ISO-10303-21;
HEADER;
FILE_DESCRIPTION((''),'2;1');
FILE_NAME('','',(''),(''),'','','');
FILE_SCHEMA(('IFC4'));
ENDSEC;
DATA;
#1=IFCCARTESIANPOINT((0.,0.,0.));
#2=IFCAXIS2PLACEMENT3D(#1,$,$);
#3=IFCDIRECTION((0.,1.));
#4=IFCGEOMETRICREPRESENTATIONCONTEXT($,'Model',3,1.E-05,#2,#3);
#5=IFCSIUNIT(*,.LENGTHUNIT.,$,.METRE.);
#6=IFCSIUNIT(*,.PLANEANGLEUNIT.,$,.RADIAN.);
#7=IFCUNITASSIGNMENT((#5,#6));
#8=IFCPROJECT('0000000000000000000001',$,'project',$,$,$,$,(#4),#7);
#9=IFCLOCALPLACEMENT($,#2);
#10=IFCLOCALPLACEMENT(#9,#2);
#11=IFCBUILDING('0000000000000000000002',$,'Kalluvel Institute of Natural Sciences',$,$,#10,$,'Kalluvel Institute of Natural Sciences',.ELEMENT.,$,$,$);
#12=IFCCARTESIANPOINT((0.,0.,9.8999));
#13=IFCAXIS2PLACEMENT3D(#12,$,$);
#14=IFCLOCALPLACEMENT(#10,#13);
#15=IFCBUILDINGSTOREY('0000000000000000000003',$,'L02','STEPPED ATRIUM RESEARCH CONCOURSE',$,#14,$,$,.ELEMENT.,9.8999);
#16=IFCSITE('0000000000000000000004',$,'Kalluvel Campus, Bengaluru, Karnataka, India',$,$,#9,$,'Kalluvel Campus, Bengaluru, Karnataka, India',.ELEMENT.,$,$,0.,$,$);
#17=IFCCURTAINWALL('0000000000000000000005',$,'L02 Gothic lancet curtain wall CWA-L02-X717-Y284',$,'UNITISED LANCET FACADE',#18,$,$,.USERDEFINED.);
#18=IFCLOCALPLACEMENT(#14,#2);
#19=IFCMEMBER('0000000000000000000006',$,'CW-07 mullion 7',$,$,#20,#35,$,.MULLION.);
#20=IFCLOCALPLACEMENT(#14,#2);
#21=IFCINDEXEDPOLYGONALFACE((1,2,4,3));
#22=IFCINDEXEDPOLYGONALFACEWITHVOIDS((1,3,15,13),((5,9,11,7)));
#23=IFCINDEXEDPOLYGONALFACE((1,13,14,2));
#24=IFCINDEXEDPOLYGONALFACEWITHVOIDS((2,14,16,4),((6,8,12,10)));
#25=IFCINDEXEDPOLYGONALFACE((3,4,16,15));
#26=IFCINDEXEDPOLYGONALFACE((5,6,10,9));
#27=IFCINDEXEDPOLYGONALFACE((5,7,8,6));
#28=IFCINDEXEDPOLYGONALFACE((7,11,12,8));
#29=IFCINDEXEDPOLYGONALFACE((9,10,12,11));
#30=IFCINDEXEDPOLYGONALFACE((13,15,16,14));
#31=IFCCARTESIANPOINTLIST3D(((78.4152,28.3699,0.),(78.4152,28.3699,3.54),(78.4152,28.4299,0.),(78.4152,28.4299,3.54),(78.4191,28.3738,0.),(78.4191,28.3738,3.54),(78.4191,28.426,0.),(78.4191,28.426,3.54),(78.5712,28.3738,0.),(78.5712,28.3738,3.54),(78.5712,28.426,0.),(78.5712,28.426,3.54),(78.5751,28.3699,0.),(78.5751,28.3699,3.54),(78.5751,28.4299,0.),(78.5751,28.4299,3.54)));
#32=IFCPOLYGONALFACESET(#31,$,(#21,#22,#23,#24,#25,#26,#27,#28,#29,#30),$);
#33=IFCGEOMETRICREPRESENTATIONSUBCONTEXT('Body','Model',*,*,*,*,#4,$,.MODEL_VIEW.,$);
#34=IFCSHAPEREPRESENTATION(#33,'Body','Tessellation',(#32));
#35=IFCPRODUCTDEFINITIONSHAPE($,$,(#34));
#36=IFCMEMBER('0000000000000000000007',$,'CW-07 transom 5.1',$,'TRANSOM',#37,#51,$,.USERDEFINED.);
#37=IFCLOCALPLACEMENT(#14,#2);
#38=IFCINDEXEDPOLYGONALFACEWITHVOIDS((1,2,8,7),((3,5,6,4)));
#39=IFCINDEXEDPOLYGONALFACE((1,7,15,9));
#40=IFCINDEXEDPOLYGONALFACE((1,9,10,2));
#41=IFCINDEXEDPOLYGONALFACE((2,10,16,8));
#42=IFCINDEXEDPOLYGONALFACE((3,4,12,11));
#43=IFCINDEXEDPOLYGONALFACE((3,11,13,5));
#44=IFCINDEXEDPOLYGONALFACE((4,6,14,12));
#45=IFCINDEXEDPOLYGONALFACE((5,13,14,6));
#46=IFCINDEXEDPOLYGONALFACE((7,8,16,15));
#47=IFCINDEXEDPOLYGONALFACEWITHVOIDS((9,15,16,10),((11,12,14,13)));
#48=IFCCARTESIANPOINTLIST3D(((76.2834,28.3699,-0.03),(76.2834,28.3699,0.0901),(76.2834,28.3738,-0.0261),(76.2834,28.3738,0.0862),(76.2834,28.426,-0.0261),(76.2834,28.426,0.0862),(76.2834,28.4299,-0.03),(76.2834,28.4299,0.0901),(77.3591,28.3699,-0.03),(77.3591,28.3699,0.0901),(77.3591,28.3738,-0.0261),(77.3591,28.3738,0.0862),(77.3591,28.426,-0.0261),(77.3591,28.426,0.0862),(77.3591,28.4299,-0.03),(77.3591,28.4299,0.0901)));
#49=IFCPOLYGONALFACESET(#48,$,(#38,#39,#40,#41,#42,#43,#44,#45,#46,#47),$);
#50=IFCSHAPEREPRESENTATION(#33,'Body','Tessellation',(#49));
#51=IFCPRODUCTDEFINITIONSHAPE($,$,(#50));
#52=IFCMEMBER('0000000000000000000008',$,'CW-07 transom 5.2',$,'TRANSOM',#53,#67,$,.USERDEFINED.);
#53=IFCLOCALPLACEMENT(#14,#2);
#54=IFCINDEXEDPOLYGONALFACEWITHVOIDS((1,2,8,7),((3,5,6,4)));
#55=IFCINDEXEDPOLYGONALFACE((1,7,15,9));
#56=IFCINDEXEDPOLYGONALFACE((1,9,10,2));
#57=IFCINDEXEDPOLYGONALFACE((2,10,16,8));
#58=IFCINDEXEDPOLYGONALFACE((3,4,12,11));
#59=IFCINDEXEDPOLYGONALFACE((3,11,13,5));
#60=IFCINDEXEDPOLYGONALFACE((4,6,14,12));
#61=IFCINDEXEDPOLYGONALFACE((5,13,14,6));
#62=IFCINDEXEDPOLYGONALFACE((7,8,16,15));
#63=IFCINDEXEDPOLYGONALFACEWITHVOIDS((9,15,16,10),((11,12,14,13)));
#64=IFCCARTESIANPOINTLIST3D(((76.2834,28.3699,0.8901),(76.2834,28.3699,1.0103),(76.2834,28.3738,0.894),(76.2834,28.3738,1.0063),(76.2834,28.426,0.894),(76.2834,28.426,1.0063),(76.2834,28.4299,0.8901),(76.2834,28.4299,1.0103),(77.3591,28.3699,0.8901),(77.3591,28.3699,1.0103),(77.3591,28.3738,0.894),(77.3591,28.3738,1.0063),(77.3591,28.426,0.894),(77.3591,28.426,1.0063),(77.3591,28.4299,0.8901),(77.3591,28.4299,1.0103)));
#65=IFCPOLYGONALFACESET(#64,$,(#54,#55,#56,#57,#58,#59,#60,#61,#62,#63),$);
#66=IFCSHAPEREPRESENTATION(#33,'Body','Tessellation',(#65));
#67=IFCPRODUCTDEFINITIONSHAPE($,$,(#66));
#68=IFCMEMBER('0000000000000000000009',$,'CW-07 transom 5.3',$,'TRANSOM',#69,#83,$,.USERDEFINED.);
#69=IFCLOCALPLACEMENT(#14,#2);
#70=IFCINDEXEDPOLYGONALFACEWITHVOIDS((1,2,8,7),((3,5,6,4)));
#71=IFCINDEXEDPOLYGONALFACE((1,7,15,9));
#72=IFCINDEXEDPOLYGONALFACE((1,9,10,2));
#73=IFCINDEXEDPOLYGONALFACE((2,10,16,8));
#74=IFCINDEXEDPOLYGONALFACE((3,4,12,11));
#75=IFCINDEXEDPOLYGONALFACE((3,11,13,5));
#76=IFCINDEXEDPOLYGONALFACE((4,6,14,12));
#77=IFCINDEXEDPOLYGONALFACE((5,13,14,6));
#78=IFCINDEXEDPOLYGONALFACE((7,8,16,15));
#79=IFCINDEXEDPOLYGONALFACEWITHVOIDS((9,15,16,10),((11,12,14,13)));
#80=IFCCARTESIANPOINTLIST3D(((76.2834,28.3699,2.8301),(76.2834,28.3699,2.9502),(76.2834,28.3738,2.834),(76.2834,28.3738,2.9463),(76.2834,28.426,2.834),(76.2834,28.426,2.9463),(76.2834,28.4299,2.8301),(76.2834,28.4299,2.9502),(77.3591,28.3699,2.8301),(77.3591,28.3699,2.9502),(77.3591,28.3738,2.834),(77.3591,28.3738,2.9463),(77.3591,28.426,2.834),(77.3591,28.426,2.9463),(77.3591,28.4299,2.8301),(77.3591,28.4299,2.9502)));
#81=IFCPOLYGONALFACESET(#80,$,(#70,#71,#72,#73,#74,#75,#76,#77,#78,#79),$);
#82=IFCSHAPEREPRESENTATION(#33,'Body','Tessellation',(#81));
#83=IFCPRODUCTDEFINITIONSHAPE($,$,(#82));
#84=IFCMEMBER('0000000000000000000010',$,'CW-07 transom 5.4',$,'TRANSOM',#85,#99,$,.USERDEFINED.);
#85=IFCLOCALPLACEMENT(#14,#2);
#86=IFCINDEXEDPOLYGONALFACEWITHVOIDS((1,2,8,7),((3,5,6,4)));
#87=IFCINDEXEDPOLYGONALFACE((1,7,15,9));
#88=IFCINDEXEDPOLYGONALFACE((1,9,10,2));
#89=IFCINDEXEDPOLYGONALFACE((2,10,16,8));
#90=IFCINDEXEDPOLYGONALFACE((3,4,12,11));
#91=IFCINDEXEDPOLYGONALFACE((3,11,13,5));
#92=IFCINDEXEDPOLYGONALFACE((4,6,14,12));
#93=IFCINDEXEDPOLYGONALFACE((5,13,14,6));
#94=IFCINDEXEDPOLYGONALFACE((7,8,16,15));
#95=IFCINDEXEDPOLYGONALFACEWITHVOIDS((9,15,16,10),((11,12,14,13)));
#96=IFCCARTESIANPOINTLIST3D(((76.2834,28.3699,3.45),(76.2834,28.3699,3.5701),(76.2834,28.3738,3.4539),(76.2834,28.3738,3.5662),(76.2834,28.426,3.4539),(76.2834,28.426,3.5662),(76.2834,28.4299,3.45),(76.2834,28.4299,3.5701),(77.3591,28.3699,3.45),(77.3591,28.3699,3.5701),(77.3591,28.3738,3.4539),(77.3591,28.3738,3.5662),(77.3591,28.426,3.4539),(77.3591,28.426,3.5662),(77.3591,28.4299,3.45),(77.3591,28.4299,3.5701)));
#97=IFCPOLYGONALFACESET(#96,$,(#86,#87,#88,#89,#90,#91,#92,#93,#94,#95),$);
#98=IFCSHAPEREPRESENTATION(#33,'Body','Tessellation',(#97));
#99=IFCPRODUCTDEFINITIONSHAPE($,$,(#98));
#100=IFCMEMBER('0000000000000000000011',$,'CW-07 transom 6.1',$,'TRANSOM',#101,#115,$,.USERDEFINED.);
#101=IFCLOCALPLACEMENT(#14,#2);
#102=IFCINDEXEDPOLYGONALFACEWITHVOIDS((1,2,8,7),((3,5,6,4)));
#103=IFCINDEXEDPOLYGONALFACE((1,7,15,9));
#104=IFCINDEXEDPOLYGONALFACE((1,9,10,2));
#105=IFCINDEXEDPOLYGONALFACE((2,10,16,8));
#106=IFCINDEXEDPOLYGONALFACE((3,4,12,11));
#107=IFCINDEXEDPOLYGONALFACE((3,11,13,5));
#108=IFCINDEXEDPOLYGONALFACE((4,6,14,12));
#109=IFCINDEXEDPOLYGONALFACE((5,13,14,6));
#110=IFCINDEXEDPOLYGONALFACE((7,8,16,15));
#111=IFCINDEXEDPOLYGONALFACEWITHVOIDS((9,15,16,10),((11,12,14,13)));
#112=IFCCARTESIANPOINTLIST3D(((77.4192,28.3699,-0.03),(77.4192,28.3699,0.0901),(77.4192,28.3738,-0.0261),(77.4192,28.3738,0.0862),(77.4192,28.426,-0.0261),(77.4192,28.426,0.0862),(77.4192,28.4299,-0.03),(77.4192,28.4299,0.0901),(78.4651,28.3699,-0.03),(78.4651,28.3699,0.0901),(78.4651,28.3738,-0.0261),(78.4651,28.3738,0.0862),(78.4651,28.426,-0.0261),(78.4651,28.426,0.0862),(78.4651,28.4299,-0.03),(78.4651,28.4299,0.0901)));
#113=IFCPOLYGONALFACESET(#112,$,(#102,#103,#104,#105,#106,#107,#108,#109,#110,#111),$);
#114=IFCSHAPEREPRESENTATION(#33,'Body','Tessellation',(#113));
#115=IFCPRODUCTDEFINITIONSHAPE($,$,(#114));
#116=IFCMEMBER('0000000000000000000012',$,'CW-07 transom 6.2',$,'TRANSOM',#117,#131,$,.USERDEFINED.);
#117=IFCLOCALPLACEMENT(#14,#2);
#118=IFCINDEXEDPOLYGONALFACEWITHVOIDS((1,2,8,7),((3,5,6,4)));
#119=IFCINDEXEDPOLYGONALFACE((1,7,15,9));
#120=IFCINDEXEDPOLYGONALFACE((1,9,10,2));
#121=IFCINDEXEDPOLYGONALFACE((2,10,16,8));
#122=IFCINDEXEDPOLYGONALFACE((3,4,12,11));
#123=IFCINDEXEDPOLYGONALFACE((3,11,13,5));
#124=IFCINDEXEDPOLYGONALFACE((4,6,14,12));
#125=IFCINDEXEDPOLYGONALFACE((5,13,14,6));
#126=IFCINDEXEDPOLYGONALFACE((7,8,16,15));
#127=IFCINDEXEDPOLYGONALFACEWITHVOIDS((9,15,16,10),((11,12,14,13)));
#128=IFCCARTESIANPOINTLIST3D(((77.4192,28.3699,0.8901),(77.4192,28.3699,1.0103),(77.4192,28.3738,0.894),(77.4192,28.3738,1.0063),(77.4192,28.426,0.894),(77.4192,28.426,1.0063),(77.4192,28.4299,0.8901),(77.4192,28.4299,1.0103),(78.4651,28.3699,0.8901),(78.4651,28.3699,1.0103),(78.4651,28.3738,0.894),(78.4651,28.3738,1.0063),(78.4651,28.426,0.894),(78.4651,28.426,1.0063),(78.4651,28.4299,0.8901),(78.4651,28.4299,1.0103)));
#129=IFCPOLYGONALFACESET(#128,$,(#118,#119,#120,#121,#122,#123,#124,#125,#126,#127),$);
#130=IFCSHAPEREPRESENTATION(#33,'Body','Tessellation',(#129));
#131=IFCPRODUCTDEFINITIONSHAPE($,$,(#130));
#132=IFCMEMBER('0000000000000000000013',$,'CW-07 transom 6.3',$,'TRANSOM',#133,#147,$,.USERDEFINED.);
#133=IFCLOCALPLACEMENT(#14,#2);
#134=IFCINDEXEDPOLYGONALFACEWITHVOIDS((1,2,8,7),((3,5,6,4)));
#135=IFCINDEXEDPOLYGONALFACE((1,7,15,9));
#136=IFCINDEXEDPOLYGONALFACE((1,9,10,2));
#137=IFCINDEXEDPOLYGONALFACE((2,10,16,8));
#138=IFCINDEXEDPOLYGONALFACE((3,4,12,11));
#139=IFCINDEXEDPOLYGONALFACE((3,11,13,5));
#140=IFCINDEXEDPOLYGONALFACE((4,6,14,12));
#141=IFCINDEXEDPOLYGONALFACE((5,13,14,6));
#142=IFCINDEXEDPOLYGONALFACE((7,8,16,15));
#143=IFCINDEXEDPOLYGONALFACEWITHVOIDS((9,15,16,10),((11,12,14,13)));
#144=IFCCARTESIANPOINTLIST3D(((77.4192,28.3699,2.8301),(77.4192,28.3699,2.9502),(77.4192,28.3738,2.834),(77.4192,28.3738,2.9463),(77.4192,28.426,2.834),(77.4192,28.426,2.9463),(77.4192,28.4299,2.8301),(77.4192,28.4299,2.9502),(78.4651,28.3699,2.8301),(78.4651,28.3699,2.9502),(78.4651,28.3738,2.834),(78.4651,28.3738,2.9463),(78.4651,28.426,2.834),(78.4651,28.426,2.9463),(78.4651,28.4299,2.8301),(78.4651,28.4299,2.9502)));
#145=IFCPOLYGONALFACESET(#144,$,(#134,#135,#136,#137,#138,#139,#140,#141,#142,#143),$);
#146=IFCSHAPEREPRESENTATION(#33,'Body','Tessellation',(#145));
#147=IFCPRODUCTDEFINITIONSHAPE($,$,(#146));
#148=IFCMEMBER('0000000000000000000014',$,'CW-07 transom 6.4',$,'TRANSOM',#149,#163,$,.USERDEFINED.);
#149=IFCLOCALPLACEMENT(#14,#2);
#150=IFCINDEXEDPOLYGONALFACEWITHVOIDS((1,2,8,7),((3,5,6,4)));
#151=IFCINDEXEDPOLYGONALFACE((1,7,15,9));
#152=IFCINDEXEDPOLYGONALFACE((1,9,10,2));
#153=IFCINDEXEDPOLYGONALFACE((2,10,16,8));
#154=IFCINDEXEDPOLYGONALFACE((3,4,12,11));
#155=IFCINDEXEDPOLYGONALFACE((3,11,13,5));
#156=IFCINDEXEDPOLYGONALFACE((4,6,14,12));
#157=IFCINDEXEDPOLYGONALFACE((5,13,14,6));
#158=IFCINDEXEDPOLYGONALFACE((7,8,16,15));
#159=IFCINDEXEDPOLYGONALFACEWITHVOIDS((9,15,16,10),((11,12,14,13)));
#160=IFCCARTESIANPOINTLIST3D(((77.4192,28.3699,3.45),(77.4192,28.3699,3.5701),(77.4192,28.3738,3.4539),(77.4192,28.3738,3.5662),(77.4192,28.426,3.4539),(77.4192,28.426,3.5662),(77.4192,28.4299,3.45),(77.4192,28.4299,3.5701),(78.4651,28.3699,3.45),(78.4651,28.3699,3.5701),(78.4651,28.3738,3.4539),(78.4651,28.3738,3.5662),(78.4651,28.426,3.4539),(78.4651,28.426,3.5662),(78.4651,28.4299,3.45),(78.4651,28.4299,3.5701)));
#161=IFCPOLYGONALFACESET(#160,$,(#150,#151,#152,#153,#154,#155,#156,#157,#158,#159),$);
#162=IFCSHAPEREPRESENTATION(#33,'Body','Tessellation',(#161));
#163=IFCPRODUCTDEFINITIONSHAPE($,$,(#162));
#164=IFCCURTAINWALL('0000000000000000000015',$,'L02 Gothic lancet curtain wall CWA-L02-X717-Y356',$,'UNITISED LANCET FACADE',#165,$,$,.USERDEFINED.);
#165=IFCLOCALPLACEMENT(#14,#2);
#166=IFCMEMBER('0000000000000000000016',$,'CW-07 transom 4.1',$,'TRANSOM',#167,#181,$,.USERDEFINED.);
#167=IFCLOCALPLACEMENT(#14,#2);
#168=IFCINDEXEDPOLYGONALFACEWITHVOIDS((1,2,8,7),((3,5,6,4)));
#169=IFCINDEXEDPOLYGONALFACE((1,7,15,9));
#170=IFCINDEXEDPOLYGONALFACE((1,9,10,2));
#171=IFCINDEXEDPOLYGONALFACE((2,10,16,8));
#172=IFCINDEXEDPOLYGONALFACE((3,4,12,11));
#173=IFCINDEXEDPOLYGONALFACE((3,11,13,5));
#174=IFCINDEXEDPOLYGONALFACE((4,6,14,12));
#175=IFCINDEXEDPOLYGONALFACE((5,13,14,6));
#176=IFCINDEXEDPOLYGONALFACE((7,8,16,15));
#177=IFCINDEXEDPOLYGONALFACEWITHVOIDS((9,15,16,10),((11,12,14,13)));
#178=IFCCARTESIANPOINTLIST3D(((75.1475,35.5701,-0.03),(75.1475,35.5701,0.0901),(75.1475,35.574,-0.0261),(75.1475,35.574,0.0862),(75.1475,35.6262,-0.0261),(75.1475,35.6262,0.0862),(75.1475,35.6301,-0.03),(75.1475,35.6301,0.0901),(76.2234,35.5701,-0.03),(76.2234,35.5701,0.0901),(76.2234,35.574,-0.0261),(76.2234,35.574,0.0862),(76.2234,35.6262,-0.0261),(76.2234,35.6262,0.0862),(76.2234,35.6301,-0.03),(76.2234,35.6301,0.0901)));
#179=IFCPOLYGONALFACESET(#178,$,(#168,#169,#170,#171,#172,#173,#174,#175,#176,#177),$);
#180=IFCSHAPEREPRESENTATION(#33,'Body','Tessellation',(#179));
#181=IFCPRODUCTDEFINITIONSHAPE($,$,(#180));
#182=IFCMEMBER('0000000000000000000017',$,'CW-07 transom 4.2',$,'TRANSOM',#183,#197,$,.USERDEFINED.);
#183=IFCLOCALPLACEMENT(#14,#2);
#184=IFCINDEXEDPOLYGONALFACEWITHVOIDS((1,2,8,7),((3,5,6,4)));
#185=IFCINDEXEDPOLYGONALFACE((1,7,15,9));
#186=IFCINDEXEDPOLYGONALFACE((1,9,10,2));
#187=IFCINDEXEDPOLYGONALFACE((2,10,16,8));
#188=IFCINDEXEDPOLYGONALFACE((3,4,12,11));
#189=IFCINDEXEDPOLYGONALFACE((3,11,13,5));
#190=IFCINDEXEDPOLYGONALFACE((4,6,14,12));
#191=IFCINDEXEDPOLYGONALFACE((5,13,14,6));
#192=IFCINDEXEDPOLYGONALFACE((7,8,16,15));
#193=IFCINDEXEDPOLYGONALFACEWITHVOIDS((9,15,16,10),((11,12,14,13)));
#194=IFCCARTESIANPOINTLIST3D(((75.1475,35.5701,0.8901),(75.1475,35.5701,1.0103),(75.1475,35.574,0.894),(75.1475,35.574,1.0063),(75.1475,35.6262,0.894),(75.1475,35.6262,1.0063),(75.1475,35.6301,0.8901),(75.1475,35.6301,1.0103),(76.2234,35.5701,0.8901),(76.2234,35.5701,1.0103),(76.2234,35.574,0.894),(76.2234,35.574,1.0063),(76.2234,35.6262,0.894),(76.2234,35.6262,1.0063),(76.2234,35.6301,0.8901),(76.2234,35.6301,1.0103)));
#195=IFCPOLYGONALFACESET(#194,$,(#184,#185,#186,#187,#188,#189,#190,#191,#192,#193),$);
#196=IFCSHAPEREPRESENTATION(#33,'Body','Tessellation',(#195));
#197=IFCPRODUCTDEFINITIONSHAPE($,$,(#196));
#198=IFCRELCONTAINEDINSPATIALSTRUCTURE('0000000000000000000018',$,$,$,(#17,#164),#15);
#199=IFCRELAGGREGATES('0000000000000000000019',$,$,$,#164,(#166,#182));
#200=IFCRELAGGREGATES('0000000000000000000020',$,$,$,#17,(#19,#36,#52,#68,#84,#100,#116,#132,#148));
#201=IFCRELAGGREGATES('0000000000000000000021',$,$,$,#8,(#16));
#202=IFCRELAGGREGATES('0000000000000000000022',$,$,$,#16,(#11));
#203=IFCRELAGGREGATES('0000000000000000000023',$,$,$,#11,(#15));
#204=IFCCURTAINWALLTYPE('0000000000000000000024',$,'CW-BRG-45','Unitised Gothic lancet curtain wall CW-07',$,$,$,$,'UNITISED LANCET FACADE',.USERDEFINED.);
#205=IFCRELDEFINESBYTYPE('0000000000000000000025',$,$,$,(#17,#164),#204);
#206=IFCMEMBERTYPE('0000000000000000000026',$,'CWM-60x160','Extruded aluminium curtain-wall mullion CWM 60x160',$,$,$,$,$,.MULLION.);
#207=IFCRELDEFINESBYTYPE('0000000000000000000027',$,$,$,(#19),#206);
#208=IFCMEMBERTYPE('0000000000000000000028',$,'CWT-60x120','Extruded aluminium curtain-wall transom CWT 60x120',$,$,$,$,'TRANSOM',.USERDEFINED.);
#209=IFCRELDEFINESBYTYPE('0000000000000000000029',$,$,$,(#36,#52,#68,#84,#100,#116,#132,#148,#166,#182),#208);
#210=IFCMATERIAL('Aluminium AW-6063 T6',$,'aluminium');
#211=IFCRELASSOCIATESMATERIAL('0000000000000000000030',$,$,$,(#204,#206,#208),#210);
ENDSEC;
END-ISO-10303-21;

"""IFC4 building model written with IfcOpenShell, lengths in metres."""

from ifc_helpers import new_model, si_unit, direction, frame, origin, origin_2d, place, context, subcontext, project, spatial, hollow_rectangle, extrude, material, material_profile, profile_set, type_object, element, aggregate, save


model = new_model("IFC4")

# Units and contexts
model_context = context("Model", 3, precision=1e-05, world=origin(), true_north=direction((0.0, 1.0)))
body_context = subcontext(model_context, "Body", "Model", "MODEL_VIEW")
ifc_project = project(units=[si_unit("LENGTHUNIT", "METRE"), si_unit("PLANEANGLEUNIT", "RADIAN")], contexts=[model_context])

# Site, building, storey
site_placement = place(None, origin())
site = spatial("IfcSite", under=ifc_project, at=site_placement, Name="Kalluvel Campus, Bengaluru, Karnataka, India", LongName="Kalluvel Campus, Bengaluru, Karnataka, India", CompositionType="ELEMENT", RefElevation=0.0)
building_placement = place(site_placement, origin())
building = spatial("IfcBuilding", under=site, at=building_placement, Name="Kalluvel Institute of Natural Sciences", LongName="Kalluvel Institute of Natural Sciences", CompositionType="ELEMENT")
storey_placement = place(building_placement, frame((0.0, 0.0, 9.8999)))
storey = spatial("IfcBuildingStorey", under=building, at=storey_placement, Name="L02", Description="STEPPED ATRIUM RESEARCH CONCOURSE", CompositionType="ELEMENT", Elevation=9.8999)

# Curtain walls, members
ifc_material_1 = material(Name="Aluminium AW-6063 T6", Category="aluminium")
curtain_wall_type = type_object("IfcCurtainWallType", Name="CW-BRG-45", Description="Unitised Gothic lancet curtain wall CW-07", ElementType="UNITISED LANCET FACADE", PredefinedType="USERDEFINED", material=ifc_material_1)
curtain_wall_1_placement = place(storey_placement, origin())
curtain_wall_1 = element("IfcCurtainWall", 1, at=curtain_wall_1_placement, inside=storey, type_object=curtain_wall_type, Name="L02 Gothic lancet curtain wall CWA-L02-X717-Y284", ObjectType="UNITISED LANCET FACADE", PredefinedType="USERDEFINED")
ifc_material_profile_1 = material_profile(ifc_material_1, hollow_rectangle(XDim=0.0601, YDim=0.1599, WallThickness=0.0039, at=origin_2d()), Name="CWM 60x160")
ifc_profile_set_1 = profile_set([ifc_material_profile_1], Name="Aluminium AW-6063 T6")
member_type_1 = type_object("IfcMemberType", Name="CWM-60x160", Description="Extruded aluminium curtain-wall mullion CWM 60x160", PredefinedType="MULLION", material=ifc_profile_set_1)
member_1_placement = place(storey_placement, frame((78.4951, 28.3999, 0.0), z_axis=(0.0, 0.0, 1.0), x_axis=(0.0, 1.0, 0.0)))
member_1 = element("IfcMember", 2, at=member_1_placement, type_object=member_type_1, Name="CW-07 mullion 7", PredefinedType="MULLION", context=body_context, shape_type="SweptSolid", body=[
    extrude(hollow_rectangle(XDim=0.0601, YDim=0.1599, WallThickness=0.0039, at=origin_2d()), origin(), (0.0, 0.0, 1.0), 3.54),
])
ifc_material_profile_2 = material_profile(ifc_material_1, hollow_rectangle(XDim=0.0601, YDim=0.1201, WallThickness=0.0039, at=origin_2d()), Name="CWT 60x120")
ifc_profile_set_2 = profile_set([ifc_material_profile_2], Name="Aluminium AW-6063 T6")
member_type_2 = type_object("IfcMemberType", Name="CWT-60x120", Description="Extruded aluminium curtain-wall transom CWT 60x120", ElementType="TRANSOM", PredefinedType="USERDEFINED", material=ifc_profile_set_2)
member_2_placement = place(storey_placement, frame((76.2834, 28.3999, 0.03), z_axis=(1.0, 0.0, 0.0), x_axis=(0.0, 1.0, 0.0)))
member_2 = element("IfcMember", 3, at=member_2_placement, type_object=member_type_2, Name="CW-07 transom 5.1", ObjectType="TRANSOM", PredefinedType="USERDEFINED", context=body_context, shape_type="SweptSolid", body=[
    extrude(hollow_rectangle(XDim=0.0601, YDim=0.1201, WallThickness=0.0039, at=origin_2d()), origin(), (0.0, 0.0, 1.0), 1.0757),
])
member_3_placement = place(storey_placement, frame((76.2834, 28.3999, 0.9502), z_axis=(1.0, 0.0, 0.0), x_axis=(0.0, 1.0, 0.0)))
member_3 = element("IfcMember", 4, at=member_3_placement, type_object=member_type_2, Name="CW-07 transom 5.2", ObjectType="TRANSOM", PredefinedType="USERDEFINED", context=body_context, shape_type="SweptSolid", body=[
    extrude(hollow_rectangle(XDim=0.0601, YDim=0.1201, WallThickness=0.0039, at=origin_2d()), origin(), (0.0, 0.0, 1.0), 1.0757),
])
member_4_placement = place(storey_placement, frame((76.2834, 28.3999, 2.8901), z_axis=(1.0, 0.0, 0.0), x_axis=(0.0, 1.0, 0.0)))
member_4 = element("IfcMember", 5, at=member_4_placement, type_object=member_type_2, Name="CW-07 transom 5.3", ObjectType="TRANSOM", PredefinedType="USERDEFINED", context=body_context, shape_type="SweptSolid", body=[
    extrude(hollow_rectangle(XDim=0.0601, YDim=0.1201, WallThickness=0.0039, at=origin_2d()), origin(), (0.0, 0.0, 1.0), 1.0757),
])
member_5_placement = place(storey_placement, frame((76.2834, 28.3999, 3.51), z_axis=(1.0, 0.0, 0.0), x_axis=(0.0, 1.0, 0.0)))
member_5 = element("IfcMember", 6, at=member_5_placement, type_object=member_type_2, Name="CW-07 transom 5.4", ObjectType="TRANSOM", PredefinedType="USERDEFINED", context=body_context, shape_type="SweptSolid", body=[
    extrude(hollow_rectangle(XDim=0.0601, YDim=0.1201, WallThickness=0.0039, at=origin_2d()), origin(), (0.0, 0.0, 1.0), 1.0757),
])
member_6_placement = place(storey_placement, frame((77.4192, 28.3999, 0.03), z_axis=(1.0, 0.0, 0.0), x_axis=(0.0, 1.0, 0.0)))
member_6 = element("IfcMember", 7, at=member_6_placement, type_object=member_type_2, Name="CW-07 transom 6.1", ObjectType="TRANSOM", PredefinedType="USERDEFINED", context=body_context, shape_type="SweptSolid", body=[
    extrude(hollow_rectangle(XDim=0.0601, YDim=0.1201, WallThickness=0.0039, at=origin_2d()), origin(), (0.0, 0.0, 1.0), 1.0459),
])
member_7_placement = place(storey_placement, frame((77.4192, 28.3999, 0.9502), z_axis=(1.0, 0.0, 0.0), x_axis=(0.0, 1.0, 0.0)))
member_7 = element("IfcMember", 8, at=member_7_placement, type_object=member_type_2, Name="CW-07 transom 6.2", ObjectType="TRANSOM", PredefinedType="USERDEFINED", context=body_context, shape_type="SweptSolid", body=[
    extrude(hollow_rectangle(XDim=0.0601, YDim=0.1201, WallThickness=0.0039, at=origin_2d()), origin(), (0.0, 0.0, 1.0), 1.0459),
])
member_8_placement = place(storey_placement, frame((77.4192, 28.3999, 2.8901), z_axis=(1.0, 0.0, 0.0), x_axis=(0.0, 1.0, 0.0)))
member_8 = element("IfcMember", 9, at=member_8_placement, type_object=member_type_2, Name="CW-07 transom 6.3", ObjectType="TRANSOM", PredefinedType="USERDEFINED", context=body_context, shape_type="SweptSolid", body=[
    extrude(hollow_rectangle(XDim=0.0601, YDim=0.1201, WallThickness=0.0039, at=origin_2d()), origin(), (0.0, 0.0, 1.0), 1.0459),
])
member_9_placement = place(storey_placement, frame((77.4192, 28.3999, 3.51), z_axis=(1.0, 0.0, 0.0), x_axis=(0.0, 1.0, 0.0)))
member_9 = element("IfcMember", 10, at=member_9_placement, type_object=member_type_2, Name="CW-07 transom 6.4", ObjectType="TRANSOM", PredefinedType="USERDEFINED", context=body_context, shape_type="SweptSolid", body=[
    extrude(hollow_rectangle(XDim=0.0601, YDim=0.1201, WallThickness=0.0039, at=origin_2d()), origin(), (0.0, 0.0, 1.0), 1.0459),
])
curtain_wall_2_placement = place(storey_placement, origin())
curtain_wall_2 = element("IfcCurtainWall", 11, at=curtain_wall_2_placement, inside=storey, type_object=curtain_wall_type, Name="L02 Gothic lancet curtain wall CWA-L02-X717-Y356", ObjectType="UNITISED LANCET FACADE", PredefinedType="USERDEFINED")
member_10_placement = place(storey_placement, frame((75.1475, 35.6001, 0.03), z_axis=(1.0, 0.0, 0.0), x_axis=(0.0, 1.0, 0.0)))
member_10 = element("IfcMember", 12, at=member_10_placement, type_object=member_type_2, Name="CW-07 transom 4.1", ObjectType="TRANSOM", PredefinedType="USERDEFINED", context=body_context, shape_type="SweptSolid", body=[
    extrude(hollow_rectangle(XDim=0.0601, YDim=0.1201, WallThickness=0.0039, at=origin_2d()), origin(), (0.0, 0.0, 1.0), 1.0759),
])
member_11_placement = place(storey_placement, frame((75.1475, 35.6001, 0.9502), z_axis=(1.0, 0.0, 0.0), x_axis=(0.0, 1.0, 0.0)))
member_11 = element("IfcMember", 13, at=member_11_placement, type_object=member_type_2, Name="CW-07 transom 4.2", ObjectType="TRANSOM", PredefinedType="USERDEFINED", context=body_context, shape_type="SweptSolid", body=[
    extrude(hollow_rectangle(XDim=0.0601, YDim=0.1201, WallThickness=0.0039, at=origin_2d()), origin(), (0.0, 0.0, 1.0), 1.0759),
])
aggregate(curtain_wall_2, [member_10, member_11])

aggregate(curtain_wall_1, [member_1, member_2, member_3, member_4, member_5, member_6, member_7, member_8, member_9])

save(model, "model.ifc")
